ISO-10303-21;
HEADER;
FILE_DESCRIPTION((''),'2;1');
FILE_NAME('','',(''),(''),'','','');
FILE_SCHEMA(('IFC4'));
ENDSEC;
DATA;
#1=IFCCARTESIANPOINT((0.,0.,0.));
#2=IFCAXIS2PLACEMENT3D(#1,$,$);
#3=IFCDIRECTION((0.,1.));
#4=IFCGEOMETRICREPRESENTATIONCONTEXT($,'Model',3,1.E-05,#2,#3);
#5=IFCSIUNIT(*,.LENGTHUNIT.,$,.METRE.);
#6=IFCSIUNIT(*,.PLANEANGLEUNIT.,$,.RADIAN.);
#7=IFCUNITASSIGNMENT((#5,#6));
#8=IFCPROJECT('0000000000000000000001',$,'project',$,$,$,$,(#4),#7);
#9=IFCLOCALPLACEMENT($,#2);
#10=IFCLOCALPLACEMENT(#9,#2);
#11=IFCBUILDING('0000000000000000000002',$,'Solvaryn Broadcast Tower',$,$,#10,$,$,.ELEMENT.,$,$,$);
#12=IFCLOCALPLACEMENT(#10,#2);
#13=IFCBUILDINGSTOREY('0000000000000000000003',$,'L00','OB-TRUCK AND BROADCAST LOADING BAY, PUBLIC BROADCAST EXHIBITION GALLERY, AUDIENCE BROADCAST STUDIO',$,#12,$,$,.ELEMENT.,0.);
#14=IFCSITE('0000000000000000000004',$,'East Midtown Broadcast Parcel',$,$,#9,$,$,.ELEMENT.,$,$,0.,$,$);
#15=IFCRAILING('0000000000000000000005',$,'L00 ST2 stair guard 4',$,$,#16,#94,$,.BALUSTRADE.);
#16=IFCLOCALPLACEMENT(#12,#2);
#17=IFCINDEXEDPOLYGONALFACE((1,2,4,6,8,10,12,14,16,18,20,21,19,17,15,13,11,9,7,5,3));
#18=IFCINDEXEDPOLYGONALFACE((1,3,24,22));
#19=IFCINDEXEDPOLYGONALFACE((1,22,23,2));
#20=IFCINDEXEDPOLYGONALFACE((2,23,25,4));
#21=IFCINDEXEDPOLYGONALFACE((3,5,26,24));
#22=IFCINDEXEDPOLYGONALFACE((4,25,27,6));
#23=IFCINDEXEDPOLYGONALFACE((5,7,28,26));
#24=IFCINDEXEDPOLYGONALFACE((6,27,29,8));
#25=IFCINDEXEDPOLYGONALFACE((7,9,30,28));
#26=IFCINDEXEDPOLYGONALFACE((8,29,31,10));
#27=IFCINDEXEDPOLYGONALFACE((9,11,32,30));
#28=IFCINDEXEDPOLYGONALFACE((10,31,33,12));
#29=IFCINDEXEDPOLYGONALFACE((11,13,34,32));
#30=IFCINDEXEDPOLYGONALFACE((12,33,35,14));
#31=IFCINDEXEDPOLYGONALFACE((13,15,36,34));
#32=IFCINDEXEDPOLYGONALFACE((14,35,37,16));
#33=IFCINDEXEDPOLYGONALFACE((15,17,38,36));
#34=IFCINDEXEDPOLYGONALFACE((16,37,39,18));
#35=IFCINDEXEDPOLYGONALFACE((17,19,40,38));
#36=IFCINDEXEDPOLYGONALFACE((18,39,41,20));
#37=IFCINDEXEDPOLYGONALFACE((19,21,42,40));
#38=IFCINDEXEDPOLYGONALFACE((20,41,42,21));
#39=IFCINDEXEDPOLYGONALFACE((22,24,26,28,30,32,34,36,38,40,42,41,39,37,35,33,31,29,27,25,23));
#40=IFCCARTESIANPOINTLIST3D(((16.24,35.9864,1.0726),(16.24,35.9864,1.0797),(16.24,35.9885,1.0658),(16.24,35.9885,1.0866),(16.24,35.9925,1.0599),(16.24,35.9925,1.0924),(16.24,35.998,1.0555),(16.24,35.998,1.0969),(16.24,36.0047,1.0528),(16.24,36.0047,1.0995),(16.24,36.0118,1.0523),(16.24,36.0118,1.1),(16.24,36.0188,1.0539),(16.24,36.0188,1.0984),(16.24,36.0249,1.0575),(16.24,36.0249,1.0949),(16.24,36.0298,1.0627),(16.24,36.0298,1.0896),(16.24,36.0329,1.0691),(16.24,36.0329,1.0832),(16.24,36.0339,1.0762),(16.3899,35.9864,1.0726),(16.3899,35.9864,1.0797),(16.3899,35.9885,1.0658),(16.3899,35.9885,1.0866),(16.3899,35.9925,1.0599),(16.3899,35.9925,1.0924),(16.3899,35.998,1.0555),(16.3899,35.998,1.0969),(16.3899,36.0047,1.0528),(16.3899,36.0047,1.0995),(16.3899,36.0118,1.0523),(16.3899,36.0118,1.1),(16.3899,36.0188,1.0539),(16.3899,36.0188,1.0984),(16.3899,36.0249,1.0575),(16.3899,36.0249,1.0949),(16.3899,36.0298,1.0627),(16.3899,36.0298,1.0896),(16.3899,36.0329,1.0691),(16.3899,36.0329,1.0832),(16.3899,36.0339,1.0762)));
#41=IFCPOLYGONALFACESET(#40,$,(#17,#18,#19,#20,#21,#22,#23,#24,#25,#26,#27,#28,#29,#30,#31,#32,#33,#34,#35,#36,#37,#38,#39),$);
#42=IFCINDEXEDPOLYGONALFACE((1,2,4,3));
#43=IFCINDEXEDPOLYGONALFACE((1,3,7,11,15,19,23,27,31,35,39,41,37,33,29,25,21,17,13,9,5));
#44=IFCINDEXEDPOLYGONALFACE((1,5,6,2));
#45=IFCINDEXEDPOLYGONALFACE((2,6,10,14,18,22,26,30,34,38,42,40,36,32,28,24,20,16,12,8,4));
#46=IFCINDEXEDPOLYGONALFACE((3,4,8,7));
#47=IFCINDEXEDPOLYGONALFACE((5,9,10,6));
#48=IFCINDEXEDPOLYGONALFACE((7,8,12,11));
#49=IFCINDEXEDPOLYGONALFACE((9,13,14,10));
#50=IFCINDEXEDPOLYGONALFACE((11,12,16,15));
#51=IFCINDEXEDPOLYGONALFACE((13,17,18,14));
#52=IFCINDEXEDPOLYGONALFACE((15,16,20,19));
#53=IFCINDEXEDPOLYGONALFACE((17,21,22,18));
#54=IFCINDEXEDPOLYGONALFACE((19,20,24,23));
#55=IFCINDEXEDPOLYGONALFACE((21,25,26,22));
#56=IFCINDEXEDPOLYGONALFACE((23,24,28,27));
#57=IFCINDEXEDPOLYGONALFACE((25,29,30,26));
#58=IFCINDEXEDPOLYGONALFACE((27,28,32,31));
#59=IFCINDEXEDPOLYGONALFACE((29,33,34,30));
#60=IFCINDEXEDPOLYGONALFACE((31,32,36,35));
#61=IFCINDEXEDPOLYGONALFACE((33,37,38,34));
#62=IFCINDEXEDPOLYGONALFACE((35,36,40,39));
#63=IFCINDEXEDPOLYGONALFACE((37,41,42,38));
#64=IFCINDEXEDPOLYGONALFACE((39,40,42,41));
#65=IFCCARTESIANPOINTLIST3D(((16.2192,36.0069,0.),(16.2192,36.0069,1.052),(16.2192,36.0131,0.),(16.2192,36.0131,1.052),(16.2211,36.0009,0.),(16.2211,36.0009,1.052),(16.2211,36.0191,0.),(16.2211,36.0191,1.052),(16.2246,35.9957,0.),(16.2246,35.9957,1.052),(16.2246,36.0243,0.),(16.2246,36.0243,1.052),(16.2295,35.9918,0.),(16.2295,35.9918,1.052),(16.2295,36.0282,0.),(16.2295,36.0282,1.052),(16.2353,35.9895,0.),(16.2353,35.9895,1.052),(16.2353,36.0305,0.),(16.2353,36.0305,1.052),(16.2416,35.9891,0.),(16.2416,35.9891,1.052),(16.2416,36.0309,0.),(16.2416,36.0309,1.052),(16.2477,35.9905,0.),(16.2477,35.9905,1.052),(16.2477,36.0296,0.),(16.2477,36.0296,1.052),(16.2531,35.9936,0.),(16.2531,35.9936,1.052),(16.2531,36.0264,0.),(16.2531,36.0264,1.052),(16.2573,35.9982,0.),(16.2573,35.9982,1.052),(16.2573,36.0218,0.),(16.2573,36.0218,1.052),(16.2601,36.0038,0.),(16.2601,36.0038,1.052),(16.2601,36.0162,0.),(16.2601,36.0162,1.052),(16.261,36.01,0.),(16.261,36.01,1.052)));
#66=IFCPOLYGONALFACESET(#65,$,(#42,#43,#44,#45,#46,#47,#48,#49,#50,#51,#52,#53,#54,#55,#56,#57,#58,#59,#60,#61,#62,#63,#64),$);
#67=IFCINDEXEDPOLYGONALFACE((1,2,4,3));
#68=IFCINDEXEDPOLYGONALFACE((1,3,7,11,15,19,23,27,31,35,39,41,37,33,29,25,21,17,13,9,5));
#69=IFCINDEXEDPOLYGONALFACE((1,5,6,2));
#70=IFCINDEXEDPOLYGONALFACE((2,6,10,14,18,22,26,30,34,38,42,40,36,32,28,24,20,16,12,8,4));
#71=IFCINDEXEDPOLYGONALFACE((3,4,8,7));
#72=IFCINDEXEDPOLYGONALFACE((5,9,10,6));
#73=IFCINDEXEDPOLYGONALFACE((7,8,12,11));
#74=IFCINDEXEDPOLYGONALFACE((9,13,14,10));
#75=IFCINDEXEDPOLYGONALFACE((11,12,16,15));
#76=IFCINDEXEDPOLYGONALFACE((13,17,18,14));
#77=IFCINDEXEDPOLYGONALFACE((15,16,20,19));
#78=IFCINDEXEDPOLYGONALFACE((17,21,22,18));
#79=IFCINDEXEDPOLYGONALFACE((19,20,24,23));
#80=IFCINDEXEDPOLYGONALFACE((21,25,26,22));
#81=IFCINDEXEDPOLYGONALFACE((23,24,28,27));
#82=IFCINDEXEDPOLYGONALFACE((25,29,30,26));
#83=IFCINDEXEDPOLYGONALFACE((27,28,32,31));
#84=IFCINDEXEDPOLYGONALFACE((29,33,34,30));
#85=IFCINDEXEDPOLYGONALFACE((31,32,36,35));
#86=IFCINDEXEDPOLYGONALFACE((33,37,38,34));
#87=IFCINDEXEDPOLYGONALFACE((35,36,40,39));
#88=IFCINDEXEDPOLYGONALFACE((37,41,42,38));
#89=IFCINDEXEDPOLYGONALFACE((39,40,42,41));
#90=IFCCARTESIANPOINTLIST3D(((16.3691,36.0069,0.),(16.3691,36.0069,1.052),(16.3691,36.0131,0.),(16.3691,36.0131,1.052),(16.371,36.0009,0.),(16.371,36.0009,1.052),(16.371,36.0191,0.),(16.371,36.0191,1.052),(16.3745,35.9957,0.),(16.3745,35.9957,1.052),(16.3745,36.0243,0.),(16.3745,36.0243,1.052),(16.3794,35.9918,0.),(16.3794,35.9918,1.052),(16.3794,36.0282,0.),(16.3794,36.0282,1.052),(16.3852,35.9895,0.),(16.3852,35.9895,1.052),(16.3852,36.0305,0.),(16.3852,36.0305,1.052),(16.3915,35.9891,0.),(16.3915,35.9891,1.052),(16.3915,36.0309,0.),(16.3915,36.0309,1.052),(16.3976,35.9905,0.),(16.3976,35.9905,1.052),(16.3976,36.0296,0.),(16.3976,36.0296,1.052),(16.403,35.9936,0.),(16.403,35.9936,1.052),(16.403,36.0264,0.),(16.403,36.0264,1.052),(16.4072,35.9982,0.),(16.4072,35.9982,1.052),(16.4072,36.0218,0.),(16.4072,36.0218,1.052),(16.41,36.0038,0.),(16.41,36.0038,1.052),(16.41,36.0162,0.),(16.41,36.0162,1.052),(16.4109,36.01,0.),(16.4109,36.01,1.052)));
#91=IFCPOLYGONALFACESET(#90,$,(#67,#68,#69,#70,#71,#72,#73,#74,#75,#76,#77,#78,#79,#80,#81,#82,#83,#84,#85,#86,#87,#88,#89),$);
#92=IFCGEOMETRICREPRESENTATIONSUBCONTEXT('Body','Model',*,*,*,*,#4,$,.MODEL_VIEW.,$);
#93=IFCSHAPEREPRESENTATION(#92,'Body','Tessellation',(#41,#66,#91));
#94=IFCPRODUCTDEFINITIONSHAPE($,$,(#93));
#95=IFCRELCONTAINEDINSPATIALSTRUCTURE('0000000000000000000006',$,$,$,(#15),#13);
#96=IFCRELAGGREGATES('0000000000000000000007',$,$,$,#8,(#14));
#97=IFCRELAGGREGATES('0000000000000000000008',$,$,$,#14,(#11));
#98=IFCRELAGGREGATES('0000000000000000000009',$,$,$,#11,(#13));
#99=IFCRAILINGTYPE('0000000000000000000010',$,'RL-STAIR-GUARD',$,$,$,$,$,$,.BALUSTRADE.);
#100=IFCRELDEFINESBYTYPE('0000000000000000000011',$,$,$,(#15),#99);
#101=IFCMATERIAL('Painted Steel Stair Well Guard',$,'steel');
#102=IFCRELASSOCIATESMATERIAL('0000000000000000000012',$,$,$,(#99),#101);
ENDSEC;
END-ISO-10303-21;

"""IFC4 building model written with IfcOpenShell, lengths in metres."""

from ifc_helpers import new_model, si_unit, direction, frame, origin, origin_2d, place, context, subcontext, project, spatial, circle, extrude, material, type_object, element, save


model = new_model("IFC4")

# Units and contexts
model_context = context("Model", 3, precision=1e-05, world=origin(), true_north=direction((0.0, 1.0)))
body_context = subcontext(model_context, "Body", "Model", "MODEL_VIEW")
ifc_project = project(units=[si_unit("LENGTHUNIT", "METRE"), si_unit("PLANEANGLEUNIT", "RADIAN")], contexts=[model_context])

# Site, building, storey
site_placement = place(None, origin())
site = spatial("IfcSite", under=ifc_project, at=site_placement, Name="East Midtown Broadcast Parcel", CompositionType="ELEMENT", RefElevation=0.0)
building_placement = place(site_placement, origin())
building = spatial("IfcBuilding", under=site, at=building_placement, Name="Solvaryn Broadcast Tower", CompositionType="ELEMENT")
storey_placement = place(building_placement, origin())
storey = spatial("IfcBuildingStorey", under=building, at=storey_placement, Name="L00", Description="OB-TRUCK AND BROADCAST LOADING BAY, PUBLIC BROADCAST EXHIBITION GALLERY, AUDIENCE BROADCAST STUDIO", CompositionType="ELEMENT", Elevation=0.0)

# Railing
ifc_material_1 = material(Name="Painted Steel Stair Well Guard", Category="steel")
railing_type_1 = type_object("IfcRailingType", Name="RL-STAIR-GUARD", PredefinedType="BALUSTRADE", material=ifc_material_1)
railing_1_placement = place(storey_placement, frame((16.24, 36.01, 0.0)))
element("IfcRailing", 1, at=railing_1_placement, inside=storey, type_object=railing_type_1, Name="L00 ST2 stair guard 4", PredefinedType="BALUSTRADE", context=body_context, shape_type="SweptSolid", body=[
    extrude(circle(Radius=0.0239, at=origin_2d()), frame((0.0, 0.0, 1.0762), z_axis=(1.0, 0.0, 0.0), x_axis=(0.0, 1.0, 0.0)), (0.0, 0.0, 1.0), 0.1499),
    extrude(circle(Radius=0.021, at=origin_2d()), origin(), (0.0, 0.0, 1.0), 1.052),
    extrude(circle(Radius=0.021, at=origin_2d()), frame((0.1499, 0.0, 0.0)), (0.0, 0.0, 1.0), 1.052),
])

save(model, "model.ifc")
